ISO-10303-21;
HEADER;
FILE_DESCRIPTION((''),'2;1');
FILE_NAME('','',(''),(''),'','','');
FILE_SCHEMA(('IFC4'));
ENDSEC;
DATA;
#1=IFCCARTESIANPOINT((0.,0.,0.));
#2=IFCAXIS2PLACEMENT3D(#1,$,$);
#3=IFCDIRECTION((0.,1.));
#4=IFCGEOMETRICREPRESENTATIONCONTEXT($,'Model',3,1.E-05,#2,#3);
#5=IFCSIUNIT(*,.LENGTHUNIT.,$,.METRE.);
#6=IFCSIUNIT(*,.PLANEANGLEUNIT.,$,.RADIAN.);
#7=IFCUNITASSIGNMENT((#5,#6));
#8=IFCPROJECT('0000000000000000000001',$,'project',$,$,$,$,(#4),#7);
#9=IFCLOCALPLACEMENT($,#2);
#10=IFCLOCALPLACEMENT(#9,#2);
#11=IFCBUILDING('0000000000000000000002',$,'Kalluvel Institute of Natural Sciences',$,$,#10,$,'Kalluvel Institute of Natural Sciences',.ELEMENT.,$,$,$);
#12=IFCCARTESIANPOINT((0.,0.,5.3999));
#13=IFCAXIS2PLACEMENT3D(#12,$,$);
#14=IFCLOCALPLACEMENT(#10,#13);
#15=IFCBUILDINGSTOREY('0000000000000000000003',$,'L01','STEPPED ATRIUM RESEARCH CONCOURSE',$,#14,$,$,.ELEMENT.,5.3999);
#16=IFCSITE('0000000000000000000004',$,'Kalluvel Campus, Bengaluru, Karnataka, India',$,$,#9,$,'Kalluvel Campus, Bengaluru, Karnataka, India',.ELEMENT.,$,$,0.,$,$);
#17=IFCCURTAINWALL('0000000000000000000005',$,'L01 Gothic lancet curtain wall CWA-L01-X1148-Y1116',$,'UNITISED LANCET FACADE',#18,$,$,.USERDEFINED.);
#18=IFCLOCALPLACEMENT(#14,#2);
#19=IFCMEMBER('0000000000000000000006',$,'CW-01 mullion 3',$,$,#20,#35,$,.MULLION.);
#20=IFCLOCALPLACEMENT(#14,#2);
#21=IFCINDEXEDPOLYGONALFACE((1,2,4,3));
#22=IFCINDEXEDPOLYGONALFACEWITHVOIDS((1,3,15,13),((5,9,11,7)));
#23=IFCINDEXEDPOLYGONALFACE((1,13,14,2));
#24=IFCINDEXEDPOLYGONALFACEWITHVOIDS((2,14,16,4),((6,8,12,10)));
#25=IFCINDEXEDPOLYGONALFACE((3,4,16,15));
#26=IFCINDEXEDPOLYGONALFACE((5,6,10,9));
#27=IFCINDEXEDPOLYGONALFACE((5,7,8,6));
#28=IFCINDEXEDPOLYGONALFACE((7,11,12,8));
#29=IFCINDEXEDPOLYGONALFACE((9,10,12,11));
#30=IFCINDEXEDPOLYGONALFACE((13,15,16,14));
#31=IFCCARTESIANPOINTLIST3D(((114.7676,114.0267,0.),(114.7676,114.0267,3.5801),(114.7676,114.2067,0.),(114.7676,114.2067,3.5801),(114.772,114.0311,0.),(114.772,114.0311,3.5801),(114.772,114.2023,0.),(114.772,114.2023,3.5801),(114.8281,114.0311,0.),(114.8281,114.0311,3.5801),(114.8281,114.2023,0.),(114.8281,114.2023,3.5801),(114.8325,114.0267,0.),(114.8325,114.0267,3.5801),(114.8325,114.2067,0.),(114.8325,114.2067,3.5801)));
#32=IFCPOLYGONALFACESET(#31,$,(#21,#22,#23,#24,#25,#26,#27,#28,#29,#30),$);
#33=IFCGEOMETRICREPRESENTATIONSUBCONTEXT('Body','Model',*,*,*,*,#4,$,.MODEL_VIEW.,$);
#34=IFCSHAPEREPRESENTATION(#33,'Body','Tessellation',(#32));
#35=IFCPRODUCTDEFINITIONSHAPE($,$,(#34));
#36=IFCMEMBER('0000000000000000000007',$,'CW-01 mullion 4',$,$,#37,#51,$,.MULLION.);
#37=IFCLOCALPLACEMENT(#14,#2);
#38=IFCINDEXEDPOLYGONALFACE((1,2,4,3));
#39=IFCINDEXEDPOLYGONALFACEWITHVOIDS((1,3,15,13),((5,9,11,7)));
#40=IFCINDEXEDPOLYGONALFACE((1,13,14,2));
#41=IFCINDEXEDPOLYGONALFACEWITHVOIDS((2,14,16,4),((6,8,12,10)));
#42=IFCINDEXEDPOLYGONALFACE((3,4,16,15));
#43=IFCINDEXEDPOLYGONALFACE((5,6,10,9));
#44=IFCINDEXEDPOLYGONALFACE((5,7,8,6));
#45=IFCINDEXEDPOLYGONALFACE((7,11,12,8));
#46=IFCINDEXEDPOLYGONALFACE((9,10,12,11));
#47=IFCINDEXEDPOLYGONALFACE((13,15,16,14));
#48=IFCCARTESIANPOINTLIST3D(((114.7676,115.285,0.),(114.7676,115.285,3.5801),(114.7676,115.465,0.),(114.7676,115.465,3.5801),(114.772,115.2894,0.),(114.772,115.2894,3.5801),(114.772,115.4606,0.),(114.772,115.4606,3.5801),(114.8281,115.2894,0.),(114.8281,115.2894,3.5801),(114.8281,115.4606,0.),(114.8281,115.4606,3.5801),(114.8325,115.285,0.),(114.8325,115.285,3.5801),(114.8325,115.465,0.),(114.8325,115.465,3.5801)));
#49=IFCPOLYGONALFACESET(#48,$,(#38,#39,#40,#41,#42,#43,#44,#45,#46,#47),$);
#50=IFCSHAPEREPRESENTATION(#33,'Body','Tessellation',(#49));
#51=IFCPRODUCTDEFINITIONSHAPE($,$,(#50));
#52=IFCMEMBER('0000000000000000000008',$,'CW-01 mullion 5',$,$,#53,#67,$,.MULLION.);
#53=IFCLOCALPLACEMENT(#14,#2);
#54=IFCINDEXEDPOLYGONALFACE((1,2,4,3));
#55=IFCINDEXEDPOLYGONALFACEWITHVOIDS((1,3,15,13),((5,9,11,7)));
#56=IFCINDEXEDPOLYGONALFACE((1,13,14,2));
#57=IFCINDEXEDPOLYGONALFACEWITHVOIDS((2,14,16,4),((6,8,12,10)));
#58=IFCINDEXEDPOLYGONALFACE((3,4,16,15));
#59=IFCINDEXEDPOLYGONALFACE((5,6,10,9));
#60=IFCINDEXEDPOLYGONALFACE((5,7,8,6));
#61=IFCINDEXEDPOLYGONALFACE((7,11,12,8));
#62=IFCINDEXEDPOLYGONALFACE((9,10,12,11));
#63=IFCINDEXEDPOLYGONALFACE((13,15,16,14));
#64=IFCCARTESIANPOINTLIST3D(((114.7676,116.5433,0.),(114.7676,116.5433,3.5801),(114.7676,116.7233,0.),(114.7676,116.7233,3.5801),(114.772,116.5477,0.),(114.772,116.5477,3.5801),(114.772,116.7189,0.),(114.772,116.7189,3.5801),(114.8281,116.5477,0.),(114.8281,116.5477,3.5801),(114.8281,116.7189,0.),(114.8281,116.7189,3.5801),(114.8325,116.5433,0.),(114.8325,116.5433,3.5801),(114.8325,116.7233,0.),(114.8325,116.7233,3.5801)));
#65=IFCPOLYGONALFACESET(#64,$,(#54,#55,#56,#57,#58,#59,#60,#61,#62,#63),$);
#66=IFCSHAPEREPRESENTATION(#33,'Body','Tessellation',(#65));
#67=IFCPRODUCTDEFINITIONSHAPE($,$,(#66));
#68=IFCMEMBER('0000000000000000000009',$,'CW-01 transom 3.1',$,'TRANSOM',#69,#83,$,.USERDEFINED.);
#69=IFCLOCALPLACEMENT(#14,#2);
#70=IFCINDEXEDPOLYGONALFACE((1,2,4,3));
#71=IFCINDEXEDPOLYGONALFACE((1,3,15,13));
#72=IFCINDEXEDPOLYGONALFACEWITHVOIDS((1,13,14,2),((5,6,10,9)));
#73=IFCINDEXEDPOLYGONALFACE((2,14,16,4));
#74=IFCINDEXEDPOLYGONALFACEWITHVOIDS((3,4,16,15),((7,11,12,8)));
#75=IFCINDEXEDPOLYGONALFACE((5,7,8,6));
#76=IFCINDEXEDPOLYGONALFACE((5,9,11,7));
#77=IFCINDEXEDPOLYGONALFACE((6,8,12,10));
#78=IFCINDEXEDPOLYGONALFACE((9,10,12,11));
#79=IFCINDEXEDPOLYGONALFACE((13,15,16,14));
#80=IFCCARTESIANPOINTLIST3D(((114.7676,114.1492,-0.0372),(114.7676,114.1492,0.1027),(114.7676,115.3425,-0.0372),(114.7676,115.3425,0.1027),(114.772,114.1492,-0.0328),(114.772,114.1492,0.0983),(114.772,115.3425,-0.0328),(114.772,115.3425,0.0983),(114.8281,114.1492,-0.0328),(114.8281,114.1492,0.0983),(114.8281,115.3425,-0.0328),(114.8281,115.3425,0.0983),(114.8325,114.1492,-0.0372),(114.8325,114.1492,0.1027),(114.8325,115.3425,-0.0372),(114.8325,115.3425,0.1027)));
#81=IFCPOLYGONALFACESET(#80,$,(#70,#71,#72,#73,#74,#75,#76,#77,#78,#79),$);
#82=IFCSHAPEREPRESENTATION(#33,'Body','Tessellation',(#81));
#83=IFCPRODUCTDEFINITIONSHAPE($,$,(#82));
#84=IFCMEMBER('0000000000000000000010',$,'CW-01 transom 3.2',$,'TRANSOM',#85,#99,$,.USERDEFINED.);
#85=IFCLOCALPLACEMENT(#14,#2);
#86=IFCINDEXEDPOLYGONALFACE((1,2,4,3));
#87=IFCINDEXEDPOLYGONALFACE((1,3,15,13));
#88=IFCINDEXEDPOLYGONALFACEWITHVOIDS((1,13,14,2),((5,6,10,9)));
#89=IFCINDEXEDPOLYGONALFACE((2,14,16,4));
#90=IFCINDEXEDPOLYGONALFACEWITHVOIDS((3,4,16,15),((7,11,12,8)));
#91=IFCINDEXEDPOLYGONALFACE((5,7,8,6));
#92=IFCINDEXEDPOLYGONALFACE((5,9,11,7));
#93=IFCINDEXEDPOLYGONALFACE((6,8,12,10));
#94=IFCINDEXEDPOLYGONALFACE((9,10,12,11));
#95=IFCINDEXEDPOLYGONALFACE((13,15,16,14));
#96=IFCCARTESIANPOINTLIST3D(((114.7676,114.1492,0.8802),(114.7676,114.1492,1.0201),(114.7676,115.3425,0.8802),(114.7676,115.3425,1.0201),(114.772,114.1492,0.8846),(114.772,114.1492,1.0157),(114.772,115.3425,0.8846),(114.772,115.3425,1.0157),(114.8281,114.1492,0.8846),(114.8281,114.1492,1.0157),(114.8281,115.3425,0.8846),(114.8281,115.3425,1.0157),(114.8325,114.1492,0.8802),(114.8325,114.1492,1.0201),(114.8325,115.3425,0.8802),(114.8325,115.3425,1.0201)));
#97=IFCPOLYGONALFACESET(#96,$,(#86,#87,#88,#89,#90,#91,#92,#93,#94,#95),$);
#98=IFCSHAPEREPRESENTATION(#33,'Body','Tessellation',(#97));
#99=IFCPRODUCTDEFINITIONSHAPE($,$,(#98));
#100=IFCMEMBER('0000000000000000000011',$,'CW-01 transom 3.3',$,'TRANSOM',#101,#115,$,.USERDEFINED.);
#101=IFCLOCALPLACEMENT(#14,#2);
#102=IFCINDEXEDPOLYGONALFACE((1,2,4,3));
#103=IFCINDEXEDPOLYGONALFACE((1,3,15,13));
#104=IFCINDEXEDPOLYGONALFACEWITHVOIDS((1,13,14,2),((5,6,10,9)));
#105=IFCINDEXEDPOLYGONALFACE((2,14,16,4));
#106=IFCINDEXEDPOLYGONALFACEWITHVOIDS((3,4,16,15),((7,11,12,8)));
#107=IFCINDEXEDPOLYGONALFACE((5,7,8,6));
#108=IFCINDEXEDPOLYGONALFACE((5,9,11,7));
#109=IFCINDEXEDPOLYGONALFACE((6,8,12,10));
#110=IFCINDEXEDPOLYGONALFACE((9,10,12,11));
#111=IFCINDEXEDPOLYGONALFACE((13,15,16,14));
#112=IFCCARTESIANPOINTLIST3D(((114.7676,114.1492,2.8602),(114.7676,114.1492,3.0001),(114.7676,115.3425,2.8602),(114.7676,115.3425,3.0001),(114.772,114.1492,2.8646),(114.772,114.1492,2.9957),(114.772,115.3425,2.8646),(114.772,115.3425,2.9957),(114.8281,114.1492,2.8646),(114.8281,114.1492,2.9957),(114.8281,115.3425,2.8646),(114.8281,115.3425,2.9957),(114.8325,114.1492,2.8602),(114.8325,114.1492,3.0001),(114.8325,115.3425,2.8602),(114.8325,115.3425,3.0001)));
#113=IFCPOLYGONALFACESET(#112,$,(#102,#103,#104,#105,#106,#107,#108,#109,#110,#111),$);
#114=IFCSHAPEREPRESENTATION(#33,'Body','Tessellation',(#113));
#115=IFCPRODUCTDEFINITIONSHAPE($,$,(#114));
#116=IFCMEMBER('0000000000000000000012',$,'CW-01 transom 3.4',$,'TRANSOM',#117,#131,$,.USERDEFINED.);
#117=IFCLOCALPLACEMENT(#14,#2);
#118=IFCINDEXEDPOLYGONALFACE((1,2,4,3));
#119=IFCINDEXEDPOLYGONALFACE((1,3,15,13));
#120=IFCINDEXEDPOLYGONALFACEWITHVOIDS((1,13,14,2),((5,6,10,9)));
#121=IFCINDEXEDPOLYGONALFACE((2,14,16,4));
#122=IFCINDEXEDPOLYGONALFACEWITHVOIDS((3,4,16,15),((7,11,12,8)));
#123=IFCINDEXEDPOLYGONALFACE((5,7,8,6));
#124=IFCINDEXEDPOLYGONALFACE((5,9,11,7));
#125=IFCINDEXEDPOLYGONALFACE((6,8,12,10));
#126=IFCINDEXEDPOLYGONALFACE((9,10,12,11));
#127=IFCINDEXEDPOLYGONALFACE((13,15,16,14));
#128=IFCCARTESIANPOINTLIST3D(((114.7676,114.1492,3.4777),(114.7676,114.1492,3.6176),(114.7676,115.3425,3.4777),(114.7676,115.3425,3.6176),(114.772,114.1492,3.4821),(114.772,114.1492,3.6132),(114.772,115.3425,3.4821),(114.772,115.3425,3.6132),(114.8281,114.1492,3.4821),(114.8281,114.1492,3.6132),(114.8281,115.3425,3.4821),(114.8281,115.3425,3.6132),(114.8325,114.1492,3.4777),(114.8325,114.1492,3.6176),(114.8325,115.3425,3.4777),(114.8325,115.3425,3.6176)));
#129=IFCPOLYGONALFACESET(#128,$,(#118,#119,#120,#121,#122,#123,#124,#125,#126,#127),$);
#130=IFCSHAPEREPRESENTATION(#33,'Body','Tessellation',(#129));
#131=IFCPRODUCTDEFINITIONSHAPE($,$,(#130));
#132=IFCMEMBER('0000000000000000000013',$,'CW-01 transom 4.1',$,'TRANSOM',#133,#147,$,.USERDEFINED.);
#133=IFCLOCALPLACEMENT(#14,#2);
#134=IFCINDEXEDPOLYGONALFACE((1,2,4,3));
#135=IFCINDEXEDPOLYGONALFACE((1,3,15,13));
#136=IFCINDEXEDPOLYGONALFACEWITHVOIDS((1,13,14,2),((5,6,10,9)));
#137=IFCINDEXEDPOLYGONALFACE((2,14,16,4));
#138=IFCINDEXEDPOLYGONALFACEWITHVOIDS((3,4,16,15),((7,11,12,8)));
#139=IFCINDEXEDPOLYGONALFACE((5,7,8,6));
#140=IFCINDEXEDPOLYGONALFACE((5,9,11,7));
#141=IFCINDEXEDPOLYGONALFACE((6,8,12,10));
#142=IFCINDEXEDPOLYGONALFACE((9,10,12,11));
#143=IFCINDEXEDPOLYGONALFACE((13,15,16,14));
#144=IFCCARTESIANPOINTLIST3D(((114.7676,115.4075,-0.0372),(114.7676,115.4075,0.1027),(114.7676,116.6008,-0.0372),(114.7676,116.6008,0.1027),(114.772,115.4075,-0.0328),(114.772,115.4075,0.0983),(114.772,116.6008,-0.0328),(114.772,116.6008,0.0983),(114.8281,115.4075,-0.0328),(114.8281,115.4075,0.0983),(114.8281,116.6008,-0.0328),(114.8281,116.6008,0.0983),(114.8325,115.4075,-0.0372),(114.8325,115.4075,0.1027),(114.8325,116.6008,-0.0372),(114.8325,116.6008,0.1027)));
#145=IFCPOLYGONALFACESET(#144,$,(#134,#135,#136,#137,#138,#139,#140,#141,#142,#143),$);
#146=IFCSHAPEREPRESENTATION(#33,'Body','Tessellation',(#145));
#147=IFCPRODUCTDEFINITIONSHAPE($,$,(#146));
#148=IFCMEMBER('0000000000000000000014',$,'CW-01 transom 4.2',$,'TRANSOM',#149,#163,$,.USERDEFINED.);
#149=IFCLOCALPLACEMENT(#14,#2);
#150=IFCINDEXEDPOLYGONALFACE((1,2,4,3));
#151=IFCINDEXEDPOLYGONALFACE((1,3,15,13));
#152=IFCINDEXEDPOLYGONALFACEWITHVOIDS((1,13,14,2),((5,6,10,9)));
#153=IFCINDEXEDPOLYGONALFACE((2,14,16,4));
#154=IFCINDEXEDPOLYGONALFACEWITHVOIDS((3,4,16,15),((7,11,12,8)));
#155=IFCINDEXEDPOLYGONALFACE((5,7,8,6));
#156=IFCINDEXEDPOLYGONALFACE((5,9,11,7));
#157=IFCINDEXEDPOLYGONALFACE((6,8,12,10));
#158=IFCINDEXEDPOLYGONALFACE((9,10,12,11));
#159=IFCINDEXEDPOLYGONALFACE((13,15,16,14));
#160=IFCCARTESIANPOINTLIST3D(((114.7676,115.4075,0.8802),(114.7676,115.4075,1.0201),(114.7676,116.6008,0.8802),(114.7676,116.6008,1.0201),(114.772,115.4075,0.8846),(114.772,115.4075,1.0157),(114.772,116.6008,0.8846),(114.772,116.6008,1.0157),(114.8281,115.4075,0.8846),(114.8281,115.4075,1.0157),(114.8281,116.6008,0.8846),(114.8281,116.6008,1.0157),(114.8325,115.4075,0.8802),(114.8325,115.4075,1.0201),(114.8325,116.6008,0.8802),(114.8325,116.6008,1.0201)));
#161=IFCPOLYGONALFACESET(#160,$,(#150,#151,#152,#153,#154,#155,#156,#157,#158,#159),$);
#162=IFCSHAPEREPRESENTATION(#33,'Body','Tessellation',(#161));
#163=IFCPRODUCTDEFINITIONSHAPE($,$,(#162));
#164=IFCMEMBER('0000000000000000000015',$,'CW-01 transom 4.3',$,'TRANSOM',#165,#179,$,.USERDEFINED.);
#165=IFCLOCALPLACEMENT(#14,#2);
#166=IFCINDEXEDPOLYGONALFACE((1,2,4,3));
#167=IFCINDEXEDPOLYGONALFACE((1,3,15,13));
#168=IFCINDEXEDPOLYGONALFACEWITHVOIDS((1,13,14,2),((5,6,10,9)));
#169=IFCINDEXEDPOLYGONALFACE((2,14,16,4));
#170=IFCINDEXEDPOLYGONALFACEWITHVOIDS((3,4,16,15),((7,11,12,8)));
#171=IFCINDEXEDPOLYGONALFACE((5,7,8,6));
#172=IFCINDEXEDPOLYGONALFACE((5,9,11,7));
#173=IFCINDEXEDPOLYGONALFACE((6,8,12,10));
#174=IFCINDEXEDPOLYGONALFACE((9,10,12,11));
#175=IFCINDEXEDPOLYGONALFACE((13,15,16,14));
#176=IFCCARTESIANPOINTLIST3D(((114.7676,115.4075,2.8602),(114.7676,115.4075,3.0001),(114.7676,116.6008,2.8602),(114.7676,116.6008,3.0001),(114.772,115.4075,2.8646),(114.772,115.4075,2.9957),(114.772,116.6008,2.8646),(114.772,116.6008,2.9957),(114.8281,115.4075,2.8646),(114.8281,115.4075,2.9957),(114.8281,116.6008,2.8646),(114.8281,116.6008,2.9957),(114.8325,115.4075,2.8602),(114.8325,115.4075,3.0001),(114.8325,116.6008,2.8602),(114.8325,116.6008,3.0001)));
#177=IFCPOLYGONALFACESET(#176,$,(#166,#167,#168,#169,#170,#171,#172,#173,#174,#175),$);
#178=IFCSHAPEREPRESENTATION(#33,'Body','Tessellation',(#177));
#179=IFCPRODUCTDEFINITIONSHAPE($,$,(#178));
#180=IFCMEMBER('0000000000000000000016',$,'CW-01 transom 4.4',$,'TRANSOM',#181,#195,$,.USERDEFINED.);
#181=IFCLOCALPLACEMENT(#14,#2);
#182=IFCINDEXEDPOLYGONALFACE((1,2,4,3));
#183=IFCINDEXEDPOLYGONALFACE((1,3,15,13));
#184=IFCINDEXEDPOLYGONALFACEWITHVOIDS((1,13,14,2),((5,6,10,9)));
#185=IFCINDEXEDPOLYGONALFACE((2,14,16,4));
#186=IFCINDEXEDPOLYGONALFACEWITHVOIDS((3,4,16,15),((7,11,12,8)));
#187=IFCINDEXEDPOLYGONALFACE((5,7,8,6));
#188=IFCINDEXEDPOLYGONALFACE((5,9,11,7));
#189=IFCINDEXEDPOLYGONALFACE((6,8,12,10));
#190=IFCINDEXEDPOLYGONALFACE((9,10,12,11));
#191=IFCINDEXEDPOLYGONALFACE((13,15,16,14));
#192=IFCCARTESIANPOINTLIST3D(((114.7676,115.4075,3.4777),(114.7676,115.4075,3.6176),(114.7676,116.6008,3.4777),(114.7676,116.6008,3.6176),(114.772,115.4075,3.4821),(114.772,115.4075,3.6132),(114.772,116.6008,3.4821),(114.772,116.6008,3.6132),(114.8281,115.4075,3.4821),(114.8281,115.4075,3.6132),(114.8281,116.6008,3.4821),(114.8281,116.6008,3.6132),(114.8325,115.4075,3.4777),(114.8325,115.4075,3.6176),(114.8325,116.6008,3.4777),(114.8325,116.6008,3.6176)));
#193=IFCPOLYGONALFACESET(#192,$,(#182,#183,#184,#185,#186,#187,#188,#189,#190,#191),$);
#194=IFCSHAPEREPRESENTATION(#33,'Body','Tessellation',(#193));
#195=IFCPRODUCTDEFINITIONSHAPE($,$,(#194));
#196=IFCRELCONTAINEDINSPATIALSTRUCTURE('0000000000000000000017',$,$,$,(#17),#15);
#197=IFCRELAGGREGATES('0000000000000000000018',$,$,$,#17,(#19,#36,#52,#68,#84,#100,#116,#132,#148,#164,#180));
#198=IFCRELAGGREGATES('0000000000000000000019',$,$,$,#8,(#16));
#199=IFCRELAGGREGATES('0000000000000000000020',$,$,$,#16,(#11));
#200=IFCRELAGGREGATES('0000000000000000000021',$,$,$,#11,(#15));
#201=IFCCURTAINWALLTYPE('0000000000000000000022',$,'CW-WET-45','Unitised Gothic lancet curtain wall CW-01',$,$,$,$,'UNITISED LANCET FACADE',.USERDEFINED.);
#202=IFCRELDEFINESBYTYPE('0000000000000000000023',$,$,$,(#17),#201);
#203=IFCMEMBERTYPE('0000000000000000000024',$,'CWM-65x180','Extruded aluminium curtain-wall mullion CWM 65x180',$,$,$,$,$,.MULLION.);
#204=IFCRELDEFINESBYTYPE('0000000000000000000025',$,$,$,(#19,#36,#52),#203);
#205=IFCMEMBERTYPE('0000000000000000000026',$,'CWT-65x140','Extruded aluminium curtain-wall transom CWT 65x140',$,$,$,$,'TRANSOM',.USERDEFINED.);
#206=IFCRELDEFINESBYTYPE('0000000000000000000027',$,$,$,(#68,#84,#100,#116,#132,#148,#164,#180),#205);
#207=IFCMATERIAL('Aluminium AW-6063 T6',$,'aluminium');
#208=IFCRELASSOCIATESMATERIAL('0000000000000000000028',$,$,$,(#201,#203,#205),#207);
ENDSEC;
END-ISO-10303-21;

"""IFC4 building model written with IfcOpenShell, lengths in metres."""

from ifc_helpers import new_model, si_unit, direction, frame, origin, origin_2d, place, context, subcontext, project, spatial, hollow_rectangle, extrude, material, material_profile, profile_set, type_object, element, aggregate, save


model = new_model("IFC4")

# Units and contexts
model_context = context("Model", 3, precision=1e-05, world=origin(), true_north=direction((0.0, 1.0)))
body_context = subcontext(model_context, "Body", "Model", "MODEL_VIEW")
ifc_project = project(units=[si_unit("LENGTHUNIT", "METRE"), si_unit("PLANEANGLEUNIT", "RADIAN")], contexts=[model_context])

# Site, building, storey
site_placement = place(None, origin())
site = spatial("IfcSite", under=ifc_project, at=site_placement, Name="Kalluvel Campus, Bengaluru, Karnataka, India", LongName="Kalluvel Campus, Bengaluru, Karnataka, India", CompositionType="ELEMENT", RefElevation=0.0)
building_placement = place(site_placement, origin())
building = spatial("IfcBuilding", under=site, at=building_placement, Name="Kalluvel Institute of Natural Sciences", LongName="Kalluvel Institute of Natural Sciences", CompositionType="ELEMENT")
storey_placement = place(building_placement, frame((0.0, 0.0, 5.3999)))
storey = spatial("IfcBuildingStorey", under=building, at=storey_placement, Name="L01", Description="STEPPED ATRIUM RESEARCH CONCOURSE", CompositionType="ELEMENT", Elevation=5.3999)

# Curtain wall, members
ifc_material_1 = material(Name="Aluminium AW-6063 T6", Category="aluminium")
curtain_wall_type = type_object("IfcCurtainWallType", Name="CW-WET-45", Description="Unitised Gothic lancet curtain wall CW-01", ElementType="UNITISED LANCET FACADE", PredefinedType="USERDEFINED", material=ifc_material_1)
curtain_wall_placement = place(storey_placement, origin())
curtain_wall = element("IfcCurtainWall", 1, at=curtain_wall_placement, inside=storey, type_object=curtain_wall_type, Name="L01 Gothic lancet curtain wall CWA-L01-X1148-Y1116", ObjectType="UNITISED LANCET FACADE", PredefinedType="USERDEFINED")
ifc_material_profile_1 = material_profile(ifc_material_1, hollow_rectangle(XDim=0.0649, YDim=0.1799, WallThickness=0.0044, at=origin_2d()), Name="CWM 65x180")
ifc_profile_set_1 = profile_set([ifc_material_profile_1], Name="Aluminium AW-6063 T6")
member_type_1 = type_object("IfcMemberType", Name="CWM-65x180", Description="Extruded aluminium curtain-wall mullion CWM 65x180", PredefinedType="MULLION", material=ifc_profile_set_1)
member_1_placement = place(storey_placement, frame((114.8, 114.1167, 0.0), z_axis=(0.0, 0.0, 1.0), x_axis=(-1.0, 0.0, 0.0)))
member_1 = element("IfcMember", 2, at=member_1_placement, type_object=member_type_1, Name="CW-01 mullion 3", PredefinedType="MULLION", context=body_context, shape_type="SweptSolid", body=[
    extrude(hollow_rectangle(XDim=0.0649, YDim=0.1799, WallThickness=0.0044, at=origin_2d()), origin(), (0.0, 0.0, 1.0), 3.5801),
])
member_2_placement = place(storey_placement, frame((114.8, 115.375, 0.0), z_axis=(0.0, 0.0, 1.0), x_axis=(-1.0, 0.0, 0.0)))
member_2 = element("IfcMember", 3, at=member_2_placement, type_object=member_type_1, Name="CW-01 mullion 4", PredefinedType="MULLION", context=body_context, shape_type="SweptSolid", body=[
    extrude(hollow_rectangle(XDim=0.0649, YDim=0.1799, WallThickness=0.0044, at=origin_2d()), origin(), (0.0, 0.0, 1.0), 3.5801),
])
member_3_placement = place(storey_placement, frame((114.8, 116.6333, 0.0), z_axis=(0.0, 0.0, 1.0), x_axis=(-1.0, 0.0, 0.0)))
member_3 = element("IfcMember", 4, at=member_3_placement, type_object=member_type_1, Name="CW-01 mullion 5", PredefinedType="MULLION", context=body_context, shape_type="SweptSolid", body=[
    extrude(hollow_rectangle(XDim=0.0649, YDim=0.1799, WallThickness=0.0044, at=origin_2d()), origin(), (0.0, 0.0, 1.0), 3.5801),
])
ifc_material_profile_2 = material_profile(ifc_material_1, hollow_rectangle(XDim=0.0649, YDim=0.1399, WallThickness=0.0044, at=origin_2d()), Name="CWT 65x140")
ifc_profile_set_2 = profile_set([ifc_material_profile_2], Name="Aluminium AW-6063 T6")
member_type_2 = type_object("IfcMemberType", Name="CWT-65x140", Description="Extruded aluminium curtain-wall transom CWT 65x140", ElementType="TRANSOM", PredefinedType="USERDEFINED", material=ifc_profile_set_2)
member_4_placement = place(storey_placement, frame((114.8, 114.1492, 0.0327), z_axis=(0.0, 1.0, 0.0), x_axis=(-1.0, 0.0, 0.0)))
member_4 = element("IfcMember", 5, at=member_4_placement, type_object=member_type_2, Name="CW-01 transom 3.1", ObjectType="TRANSOM", PredefinedType="USERDEFINED", context=body_context, shape_type="SweptSolid", body=[
    extrude(hollow_rectangle(XDim=0.0649, YDim=0.1399, WallThickness=0.0044, at=origin_2d()), origin(), (0.0, 0.0, 1.0), 1.1934),
])
member_5_placement = place(storey_placement, frame((114.8, 114.1492, 0.9502), z_axis=(0.0, 1.0, 0.0), x_axis=(-1.0, 0.0, 0.0)))
member_5 = element("IfcMember", 6, at=member_5_placement, type_object=member_type_2, Name="CW-01 transom 3.2", ObjectType="TRANSOM", PredefinedType="USERDEFINED", context=body_context, shape_type="SweptSolid", body=[
    extrude(hollow_rectangle(XDim=0.0649, YDim=0.1399, WallThickness=0.0044, at=origin_2d()), origin(), (0.0, 0.0, 1.0), 1.1934),
])
member_6_placement = place(storey_placement, frame((114.8, 114.1492, 2.9302), z_axis=(0.0, 1.0, 0.0), x_axis=(-1.0, 0.0, 0.0)))
member_6 = element("IfcMember", 7, at=member_6_placement, type_object=member_type_2, Name="CW-01 transom 3.3", ObjectType="TRANSOM", PredefinedType="USERDEFINED", context=body_context, shape_type="SweptSolid", body=[
    extrude(hollow_rectangle(XDim=0.0649, YDim=0.1399, WallThickness=0.0044, at=origin_2d()), origin(), (0.0, 0.0, 1.0), 1.1934),
])
member_7_placement = place(storey_placement, frame((114.8, 114.1492, 3.5476), z_axis=(0.0, 1.0, 0.0), x_axis=(-1.0, 0.0, 0.0)))
member_7 = element("IfcMember", 8, at=member_7_placement, type_object=member_type_2, Name="CW-01 transom 3.4", ObjectType="TRANSOM", PredefinedType="USERDEFINED", context=body_context, shape_type="SweptSolid", body=[
    extrude(hollow_rectangle(XDim=0.0649, YDim=0.1399, WallThickness=0.0044, at=origin_2d()), origin(), (0.0, 0.0, 1.0), 1.1934),
])
member_8_placement = place(storey_placement, frame((114.8, 115.4075, 0.0327), z_axis=(0.0, 1.0, 0.0), x_axis=(-1.0, 0.0, 0.0)))
member_8 = element("IfcMember", 9, at=member_8_placement, type_object=member_type_2, Name="CW-01 transom 4.1", ObjectType="TRANSOM", PredefinedType="USERDEFINED", context=body_context, shape_type="SweptSolid", body=[
    extrude(hollow_rectangle(XDim=0.0649, YDim=0.1399, WallThickness=0.0044, at=origin_2d()), origin(), (0.0, 0.0, 1.0), 1.1934),
])
member_9_placement = place(storey_placement, frame((114.8, 115.4075, 0.9502), z_axis=(0.0, 1.0, 0.0), x_axis=(-1.0, 0.0, 0.0)))
member_9 = element("IfcMember", 10, at=member_9_placement, type_object=member_type_2, Name="CW-01 transom 4.2", ObjectType="TRANSOM", PredefinedType="USERDEFINED", context=body_context, shape_type="SweptSolid", body=[
    extrude(hollow_rectangle(XDim=0.0649, YDim=0.1399, WallThickness=0.0044, at=origin_2d()), origin(), (0.0, 0.0, 1.0), 1.1934),
])
member_10_placement = place(storey_placement, frame((114.8, 115.4075, 2.9302), z_axis=(0.0, 1.0, 0.0), x_axis=(-1.0, 0.0, 0.0)))
member_10 = element("IfcMember", 11, at=member_10_placement, type_object=member_type_2, Name="CW-01 transom 4.3", ObjectType="TRANSOM", PredefinedType="USERDEFINED", context=body_context, shape_type="SweptSolid", body=[
    extrude(hollow_rectangle(XDim=0.0649, YDim=0.1399, WallThickness=0.0044, at=origin_2d()), origin(), (0.0, 0.0, 1.0), 1.1934),
])
member_11_placement = place(storey_placement, frame((114.8, 115.4075, 3.5476), z_axis=(0.0, 1.0, 0.0), x_axis=(-1.0, 0.0, 0.0)))
member_11 = element("IfcMember", 12, at=member_11_placement, type_object=member_type_2, Name="CW-01 transom 4.4", ObjectType="TRANSOM", PredefinedType="USERDEFINED", context=body_context, shape_type="SweptSolid", body=[
    extrude(hollow_rectangle(XDim=0.0649, YDim=0.1399, WallThickness=0.0044, at=origin_2d()), origin(), (0.0, 0.0, 1.0), 1.1934),
])
aggregate(curtain_wall, [member_1, member_2, member_3, member_4, member_5, member_6, member_7, member_8, member_9, member_10, member_11])

save(model, "model.ifc")
